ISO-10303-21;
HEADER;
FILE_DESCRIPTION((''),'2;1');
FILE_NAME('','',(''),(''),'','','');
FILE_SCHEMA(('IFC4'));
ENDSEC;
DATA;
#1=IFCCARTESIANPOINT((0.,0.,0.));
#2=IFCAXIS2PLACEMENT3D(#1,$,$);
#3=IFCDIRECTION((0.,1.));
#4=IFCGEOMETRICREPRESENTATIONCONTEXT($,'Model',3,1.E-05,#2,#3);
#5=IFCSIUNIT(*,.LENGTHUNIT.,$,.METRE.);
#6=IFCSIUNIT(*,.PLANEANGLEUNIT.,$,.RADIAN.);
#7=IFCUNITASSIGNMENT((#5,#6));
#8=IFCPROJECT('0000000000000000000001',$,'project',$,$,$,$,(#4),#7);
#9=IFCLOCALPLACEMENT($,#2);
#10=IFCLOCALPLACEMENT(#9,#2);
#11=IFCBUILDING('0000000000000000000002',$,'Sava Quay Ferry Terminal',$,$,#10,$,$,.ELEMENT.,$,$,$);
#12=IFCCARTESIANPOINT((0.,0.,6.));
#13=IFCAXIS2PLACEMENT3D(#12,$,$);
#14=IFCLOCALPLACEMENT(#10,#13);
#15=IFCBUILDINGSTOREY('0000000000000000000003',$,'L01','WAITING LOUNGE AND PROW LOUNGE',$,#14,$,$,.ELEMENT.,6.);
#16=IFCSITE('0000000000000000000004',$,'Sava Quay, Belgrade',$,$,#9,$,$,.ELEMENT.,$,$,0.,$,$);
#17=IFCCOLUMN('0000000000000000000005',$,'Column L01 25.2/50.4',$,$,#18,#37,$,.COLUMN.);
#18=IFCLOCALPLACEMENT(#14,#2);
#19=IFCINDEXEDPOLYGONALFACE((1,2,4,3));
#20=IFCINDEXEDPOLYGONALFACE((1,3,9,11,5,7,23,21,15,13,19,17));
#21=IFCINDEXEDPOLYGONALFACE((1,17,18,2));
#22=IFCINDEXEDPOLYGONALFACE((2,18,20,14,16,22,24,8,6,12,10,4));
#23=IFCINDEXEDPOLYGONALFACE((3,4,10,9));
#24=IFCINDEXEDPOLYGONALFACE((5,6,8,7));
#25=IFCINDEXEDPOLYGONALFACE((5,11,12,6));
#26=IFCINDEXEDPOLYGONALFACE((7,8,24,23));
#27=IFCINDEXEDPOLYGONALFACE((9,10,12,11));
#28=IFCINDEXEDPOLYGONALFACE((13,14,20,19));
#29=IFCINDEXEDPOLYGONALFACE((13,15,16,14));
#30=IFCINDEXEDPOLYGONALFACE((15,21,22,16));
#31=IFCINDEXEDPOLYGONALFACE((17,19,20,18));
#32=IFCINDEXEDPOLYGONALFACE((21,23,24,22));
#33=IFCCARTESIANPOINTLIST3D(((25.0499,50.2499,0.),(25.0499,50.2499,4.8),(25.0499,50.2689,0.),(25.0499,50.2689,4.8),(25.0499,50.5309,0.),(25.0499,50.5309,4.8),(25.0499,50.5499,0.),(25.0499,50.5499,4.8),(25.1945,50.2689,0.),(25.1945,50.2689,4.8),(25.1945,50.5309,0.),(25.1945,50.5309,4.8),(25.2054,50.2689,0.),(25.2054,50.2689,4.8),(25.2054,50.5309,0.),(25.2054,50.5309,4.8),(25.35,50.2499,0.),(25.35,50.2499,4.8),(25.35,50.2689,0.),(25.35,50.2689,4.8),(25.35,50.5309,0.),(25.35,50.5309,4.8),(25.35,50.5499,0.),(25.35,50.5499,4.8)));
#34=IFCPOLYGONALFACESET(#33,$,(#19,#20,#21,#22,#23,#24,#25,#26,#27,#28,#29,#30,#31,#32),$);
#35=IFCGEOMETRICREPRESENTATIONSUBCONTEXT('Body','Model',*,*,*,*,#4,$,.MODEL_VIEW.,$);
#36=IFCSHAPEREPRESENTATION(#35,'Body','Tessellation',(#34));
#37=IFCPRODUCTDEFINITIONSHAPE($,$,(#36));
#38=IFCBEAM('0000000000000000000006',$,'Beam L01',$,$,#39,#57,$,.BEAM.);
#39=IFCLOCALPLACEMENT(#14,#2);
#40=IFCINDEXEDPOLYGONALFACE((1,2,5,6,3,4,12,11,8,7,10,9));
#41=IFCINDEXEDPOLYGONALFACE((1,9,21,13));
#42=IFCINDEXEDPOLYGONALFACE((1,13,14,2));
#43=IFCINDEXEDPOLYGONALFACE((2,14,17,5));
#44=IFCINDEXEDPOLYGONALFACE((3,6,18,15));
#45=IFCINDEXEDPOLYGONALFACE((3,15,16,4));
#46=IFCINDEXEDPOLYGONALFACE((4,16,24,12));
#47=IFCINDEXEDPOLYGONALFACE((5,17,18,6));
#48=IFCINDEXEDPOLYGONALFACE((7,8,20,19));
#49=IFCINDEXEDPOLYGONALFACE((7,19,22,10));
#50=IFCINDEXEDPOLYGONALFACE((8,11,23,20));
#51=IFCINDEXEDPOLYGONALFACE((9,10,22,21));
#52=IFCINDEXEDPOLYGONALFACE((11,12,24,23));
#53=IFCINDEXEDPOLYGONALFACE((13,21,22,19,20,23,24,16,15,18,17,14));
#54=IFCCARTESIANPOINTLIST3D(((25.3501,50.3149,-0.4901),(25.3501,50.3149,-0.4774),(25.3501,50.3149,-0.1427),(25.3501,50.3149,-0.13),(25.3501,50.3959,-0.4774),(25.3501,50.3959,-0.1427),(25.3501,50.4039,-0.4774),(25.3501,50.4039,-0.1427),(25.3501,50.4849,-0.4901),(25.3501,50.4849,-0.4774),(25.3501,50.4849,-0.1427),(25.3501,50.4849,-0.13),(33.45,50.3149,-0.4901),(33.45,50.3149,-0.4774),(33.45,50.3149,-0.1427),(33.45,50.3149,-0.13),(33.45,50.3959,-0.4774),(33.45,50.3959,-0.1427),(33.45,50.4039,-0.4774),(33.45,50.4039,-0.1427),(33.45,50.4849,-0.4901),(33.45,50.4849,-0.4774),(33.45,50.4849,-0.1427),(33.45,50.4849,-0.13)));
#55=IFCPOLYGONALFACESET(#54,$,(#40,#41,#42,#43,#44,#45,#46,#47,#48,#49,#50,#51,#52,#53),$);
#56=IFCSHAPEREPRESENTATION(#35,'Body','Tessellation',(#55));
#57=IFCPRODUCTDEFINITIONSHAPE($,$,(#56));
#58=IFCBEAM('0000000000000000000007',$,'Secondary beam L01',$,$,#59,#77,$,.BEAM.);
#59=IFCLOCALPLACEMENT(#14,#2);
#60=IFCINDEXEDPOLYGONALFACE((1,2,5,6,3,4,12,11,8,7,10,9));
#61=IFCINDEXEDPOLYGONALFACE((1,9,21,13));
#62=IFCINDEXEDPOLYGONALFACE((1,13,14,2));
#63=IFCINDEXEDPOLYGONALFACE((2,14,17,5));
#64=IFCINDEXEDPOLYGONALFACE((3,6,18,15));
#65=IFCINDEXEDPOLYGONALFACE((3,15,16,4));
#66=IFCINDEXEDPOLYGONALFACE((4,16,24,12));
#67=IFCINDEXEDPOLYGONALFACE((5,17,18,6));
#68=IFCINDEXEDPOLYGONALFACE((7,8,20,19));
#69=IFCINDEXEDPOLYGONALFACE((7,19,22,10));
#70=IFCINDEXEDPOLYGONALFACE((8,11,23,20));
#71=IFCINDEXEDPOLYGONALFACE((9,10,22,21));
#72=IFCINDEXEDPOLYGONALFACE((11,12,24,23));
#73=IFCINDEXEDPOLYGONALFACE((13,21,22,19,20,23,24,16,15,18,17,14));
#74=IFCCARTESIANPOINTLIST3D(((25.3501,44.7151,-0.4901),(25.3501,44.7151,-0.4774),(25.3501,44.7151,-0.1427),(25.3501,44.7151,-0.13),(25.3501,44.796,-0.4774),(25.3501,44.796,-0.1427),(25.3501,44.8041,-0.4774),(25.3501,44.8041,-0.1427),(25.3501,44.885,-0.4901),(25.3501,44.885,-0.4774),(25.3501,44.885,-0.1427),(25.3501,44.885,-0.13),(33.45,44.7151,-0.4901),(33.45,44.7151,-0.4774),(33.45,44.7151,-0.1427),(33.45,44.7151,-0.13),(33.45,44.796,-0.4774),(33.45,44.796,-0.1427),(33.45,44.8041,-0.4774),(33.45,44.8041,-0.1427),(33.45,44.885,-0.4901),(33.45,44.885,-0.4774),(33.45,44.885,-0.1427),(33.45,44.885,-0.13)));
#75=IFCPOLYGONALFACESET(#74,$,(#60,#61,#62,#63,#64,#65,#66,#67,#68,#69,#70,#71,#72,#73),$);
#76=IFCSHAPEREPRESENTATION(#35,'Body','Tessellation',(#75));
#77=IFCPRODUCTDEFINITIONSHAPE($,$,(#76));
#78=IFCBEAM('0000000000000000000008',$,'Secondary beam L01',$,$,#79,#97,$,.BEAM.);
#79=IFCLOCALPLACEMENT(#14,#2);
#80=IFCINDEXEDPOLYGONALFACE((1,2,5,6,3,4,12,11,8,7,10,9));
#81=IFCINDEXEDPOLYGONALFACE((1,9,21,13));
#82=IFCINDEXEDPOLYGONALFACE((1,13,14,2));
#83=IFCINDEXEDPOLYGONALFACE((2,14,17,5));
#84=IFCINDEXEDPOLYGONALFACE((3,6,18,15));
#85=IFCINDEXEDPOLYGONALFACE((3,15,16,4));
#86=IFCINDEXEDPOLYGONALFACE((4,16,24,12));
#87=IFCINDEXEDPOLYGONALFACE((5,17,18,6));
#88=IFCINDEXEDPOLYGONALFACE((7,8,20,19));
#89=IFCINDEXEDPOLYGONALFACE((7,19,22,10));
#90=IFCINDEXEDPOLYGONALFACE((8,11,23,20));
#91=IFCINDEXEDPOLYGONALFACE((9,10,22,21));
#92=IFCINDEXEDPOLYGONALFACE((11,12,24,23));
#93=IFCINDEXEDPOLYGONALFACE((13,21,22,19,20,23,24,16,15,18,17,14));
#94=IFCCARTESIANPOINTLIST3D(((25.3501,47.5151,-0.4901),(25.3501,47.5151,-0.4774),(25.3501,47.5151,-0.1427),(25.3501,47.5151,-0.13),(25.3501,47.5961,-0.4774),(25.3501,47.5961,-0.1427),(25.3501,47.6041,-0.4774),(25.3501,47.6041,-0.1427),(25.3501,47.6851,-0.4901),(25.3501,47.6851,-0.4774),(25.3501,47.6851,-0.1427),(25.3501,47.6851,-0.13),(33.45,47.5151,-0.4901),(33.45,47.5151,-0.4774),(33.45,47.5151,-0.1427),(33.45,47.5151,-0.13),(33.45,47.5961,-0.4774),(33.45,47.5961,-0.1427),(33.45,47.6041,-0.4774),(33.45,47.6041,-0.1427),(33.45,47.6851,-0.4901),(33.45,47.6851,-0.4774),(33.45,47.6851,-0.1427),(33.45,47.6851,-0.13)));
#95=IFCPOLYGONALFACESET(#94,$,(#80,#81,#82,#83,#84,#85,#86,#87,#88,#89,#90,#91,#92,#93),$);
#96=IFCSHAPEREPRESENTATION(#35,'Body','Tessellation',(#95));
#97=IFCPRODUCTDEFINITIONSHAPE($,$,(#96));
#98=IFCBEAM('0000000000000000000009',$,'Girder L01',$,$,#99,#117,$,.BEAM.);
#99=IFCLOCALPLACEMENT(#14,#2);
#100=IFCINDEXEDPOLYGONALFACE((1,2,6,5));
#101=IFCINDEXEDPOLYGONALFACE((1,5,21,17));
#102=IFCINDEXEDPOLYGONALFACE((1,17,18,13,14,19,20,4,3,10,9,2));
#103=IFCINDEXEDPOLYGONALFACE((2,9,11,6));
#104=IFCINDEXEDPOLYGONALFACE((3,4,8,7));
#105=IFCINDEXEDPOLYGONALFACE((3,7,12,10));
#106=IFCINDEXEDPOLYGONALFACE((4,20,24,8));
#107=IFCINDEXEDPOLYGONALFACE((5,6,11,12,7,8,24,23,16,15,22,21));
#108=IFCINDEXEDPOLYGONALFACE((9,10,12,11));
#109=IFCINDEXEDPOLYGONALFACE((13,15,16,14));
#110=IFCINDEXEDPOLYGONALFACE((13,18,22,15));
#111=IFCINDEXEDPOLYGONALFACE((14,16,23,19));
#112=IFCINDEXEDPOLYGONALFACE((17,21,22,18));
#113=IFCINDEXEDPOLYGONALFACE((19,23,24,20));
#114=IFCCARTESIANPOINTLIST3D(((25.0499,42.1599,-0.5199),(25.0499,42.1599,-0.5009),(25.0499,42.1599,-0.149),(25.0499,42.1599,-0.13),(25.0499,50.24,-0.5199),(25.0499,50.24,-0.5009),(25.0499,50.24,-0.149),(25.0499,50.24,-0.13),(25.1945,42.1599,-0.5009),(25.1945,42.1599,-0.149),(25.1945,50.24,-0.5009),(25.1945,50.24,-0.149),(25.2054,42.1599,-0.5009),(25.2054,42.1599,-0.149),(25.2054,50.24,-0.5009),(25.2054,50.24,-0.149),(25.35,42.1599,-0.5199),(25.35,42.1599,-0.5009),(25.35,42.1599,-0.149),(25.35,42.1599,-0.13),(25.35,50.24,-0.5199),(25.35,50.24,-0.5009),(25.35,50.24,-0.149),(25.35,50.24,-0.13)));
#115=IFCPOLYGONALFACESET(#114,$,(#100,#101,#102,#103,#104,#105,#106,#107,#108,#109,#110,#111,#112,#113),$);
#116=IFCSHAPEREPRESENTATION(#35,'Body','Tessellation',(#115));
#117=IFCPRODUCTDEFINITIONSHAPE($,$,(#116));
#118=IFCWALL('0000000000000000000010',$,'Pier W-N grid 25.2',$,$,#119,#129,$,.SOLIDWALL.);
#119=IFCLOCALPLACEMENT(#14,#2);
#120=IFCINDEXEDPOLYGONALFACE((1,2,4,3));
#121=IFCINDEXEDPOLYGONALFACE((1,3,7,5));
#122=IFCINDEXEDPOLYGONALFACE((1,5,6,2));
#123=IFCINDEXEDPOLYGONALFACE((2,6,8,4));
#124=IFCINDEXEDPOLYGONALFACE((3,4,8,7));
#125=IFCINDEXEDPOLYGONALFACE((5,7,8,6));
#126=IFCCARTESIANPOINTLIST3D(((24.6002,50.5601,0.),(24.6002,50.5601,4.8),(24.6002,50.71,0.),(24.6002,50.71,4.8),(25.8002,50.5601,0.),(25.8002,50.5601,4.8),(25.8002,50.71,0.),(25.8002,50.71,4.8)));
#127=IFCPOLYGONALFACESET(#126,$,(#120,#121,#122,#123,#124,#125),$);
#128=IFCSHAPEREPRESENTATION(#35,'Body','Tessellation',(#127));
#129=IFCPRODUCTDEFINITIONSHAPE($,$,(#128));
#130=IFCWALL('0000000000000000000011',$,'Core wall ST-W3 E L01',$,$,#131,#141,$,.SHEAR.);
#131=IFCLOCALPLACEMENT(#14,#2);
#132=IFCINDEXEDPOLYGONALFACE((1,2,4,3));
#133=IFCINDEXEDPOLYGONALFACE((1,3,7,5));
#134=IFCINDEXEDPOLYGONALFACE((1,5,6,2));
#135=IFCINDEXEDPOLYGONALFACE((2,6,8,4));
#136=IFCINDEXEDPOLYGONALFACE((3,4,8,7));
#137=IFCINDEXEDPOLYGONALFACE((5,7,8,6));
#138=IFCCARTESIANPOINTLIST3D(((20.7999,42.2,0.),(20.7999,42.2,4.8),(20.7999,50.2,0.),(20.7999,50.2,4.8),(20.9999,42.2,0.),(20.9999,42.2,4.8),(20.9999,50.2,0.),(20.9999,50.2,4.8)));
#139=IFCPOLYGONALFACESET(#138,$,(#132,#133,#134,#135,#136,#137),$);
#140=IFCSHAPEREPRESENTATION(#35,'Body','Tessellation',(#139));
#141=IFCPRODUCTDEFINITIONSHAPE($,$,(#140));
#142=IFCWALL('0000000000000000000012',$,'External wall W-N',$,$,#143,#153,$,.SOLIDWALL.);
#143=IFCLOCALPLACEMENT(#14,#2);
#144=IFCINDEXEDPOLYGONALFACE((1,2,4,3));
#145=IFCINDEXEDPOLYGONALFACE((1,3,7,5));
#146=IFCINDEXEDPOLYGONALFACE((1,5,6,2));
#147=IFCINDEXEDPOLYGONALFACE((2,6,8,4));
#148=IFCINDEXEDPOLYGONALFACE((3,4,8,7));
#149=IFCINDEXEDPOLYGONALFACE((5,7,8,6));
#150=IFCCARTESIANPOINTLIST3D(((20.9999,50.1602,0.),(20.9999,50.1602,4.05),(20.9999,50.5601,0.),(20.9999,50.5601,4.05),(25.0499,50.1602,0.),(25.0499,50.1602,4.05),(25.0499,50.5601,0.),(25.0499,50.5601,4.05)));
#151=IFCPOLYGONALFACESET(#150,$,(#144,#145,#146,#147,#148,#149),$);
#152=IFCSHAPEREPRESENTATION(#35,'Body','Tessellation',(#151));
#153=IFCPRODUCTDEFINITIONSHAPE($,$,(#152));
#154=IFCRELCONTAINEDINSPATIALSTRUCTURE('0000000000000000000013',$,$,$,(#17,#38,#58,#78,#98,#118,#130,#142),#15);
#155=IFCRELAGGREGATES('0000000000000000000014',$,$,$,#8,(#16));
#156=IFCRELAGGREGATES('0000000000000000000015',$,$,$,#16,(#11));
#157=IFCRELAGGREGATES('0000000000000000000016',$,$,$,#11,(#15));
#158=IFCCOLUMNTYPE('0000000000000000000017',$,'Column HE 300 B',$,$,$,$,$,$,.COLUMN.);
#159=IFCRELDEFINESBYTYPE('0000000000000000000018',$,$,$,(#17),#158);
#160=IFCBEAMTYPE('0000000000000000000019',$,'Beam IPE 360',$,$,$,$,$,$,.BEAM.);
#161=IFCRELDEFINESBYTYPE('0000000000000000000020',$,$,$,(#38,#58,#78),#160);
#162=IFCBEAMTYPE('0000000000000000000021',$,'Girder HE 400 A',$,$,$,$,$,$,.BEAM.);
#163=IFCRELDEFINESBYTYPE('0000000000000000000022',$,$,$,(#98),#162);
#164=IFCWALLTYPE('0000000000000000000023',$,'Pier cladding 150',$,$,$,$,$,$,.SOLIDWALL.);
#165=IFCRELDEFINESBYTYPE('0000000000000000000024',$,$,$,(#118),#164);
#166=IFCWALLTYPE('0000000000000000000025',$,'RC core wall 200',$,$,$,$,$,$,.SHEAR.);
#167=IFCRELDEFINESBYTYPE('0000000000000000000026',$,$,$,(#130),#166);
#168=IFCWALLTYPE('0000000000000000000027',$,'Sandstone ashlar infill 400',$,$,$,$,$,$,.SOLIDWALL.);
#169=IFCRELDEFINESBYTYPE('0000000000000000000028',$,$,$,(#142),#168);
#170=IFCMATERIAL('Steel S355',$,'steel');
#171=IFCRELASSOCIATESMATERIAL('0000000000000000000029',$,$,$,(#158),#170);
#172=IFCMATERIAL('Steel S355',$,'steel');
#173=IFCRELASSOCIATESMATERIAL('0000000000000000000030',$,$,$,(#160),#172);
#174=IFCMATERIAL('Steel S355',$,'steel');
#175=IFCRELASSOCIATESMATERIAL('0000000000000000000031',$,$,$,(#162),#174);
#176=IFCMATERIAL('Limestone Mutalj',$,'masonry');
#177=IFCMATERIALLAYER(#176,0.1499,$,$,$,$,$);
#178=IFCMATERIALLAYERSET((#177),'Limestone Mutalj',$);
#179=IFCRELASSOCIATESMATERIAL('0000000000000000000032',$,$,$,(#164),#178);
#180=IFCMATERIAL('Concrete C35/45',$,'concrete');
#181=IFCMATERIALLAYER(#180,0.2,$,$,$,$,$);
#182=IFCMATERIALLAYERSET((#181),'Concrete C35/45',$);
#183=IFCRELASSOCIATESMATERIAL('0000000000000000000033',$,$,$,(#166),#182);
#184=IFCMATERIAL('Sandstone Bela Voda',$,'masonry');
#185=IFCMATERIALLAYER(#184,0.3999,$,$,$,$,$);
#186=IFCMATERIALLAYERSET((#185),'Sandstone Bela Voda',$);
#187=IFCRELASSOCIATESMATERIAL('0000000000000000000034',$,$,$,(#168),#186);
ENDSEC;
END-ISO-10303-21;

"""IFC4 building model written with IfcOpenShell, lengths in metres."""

from ifc_helpers import new_model, si_unit, direction, frame, frame_2d, origin, origin_2d, place, context, subcontext, project, spatial, rectangle, i_section, extrude, material, layer, layer_set, material_profile, profile_set, type_object, element, save


model = new_model("IFC4")

# Units and contexts
model_context = context("Model", 3, precision=1e-05, world=origin(), true_north=direction((0.0, 1.0)))
body_context = subcontext(model_context, "Body", "Model", "MODEL_VIEW")
ifc_project = project(units=[si_unit("LENGTHUNIT", "METRE"), si_unit("PLANEANGLEUNIT", "RADIAN")], contexts=[model_context])

# Site, building, storey
site_placement = place(None, origin())
site = spatial("IfcSite", under=ifc_project, at=site_placement, Name="Sava Quay, Belgrade", CompositionType="ELEMENT", RefElevation=0.0)
building_placement = place(site_placement, origin())
building = spatial("IfcBuilding", under=site, at=building_placement, Name="Sava Quay Ferry Terminal", CompositionType="ELEMENT")
storey_placement = place(building_placement, frame((0.0, 0.0, 6.0)))
storey = spatial("IfcBuildingStorey", under=building, at=storey_placement, Name="L01", Description="WAITING LOUNGE AND PROW LOUNGE", CompositionType="ELEMENT", Elevation=6.0)

# Column
ifc_material_1 = material(Name="Steel S355", Category="steel")
ifc_material_profile_1 = material_profile(ifc_material_1, i_section(OverallWidth=0.3, OverallDepth=0.3, WebThickness=0.011, FlangeThickness=0.019, at=origin_2d()), Name="HE 300 B")
ifc_profile_set_1 = profile_set([ifc_material_profile_1], Name="Steel S355")
column_type = type_object("IfcColumnType", Name="Column HE 300 B", PredefinedType="COLUMN", material=ifc_profile_set_1)
column_placement = place(storey_placement, frame((25.2, 50.3999, 0.0), z_axis=(0.0, 0.0, 1.0), x_axis=(1.0, 0.0, 0.0)))
element("IfcColumn", 1, at=column_placement, inside=storey, type_object=column_type, Name="Column L01 25.2/50.4", PredefinedType="COLUMN", context=body_context, shape_type="SweptSolid", body=[
    extrude(i_section(OverallWidth=0.3, OverallDepth=0.3, WebThickness=0.011, FlangeThickness=0.019, at=origin_2d()), origin(), (0.0, 0.0, 1.0), 4.8),
])

# Beams
ifc_material_2 = material(Name="Steel S355", Category="steel")
ifc_material_profile_2 = material_profile(ifc_material_2, i_section(OverallWidth=0.1699, OverallDepth=0.3601, WebThickness=0.0081, FlangeThickness=0.0127, at=origin_2d()), Name="IPE 360")
ifc_profile_set_2 = profile_set([ifc_material_profile_2], Name="Steel S355")
beam_type_1 = type_object("IfcBeamType", Name="Beam IPE 360", PredefinedType="BEAM", material=ifc_profile_set_2)
for number, where, z_axis, x_axis, name in (
    (2, (25.3501, 50.3999, -0.3101), (1.0, 0.0, 0.0), (0.0, 1.0, 0.0), "Beam L01"),
    (3, (25.3501, 44.8, -0.3101), (1.0, 0.0, 0.0), (0.0, 1.0, 0.0), "Secondary beam L01"),
    (4, (25.3501, 47.6001, -0.3101), (1.0, 0.0, 0.0), (0.0, 1.0, 0.0), "Secondary beam L01"),
):
    element("IfcBeam", number, at=place(storey_placement, frame(where, z_axis=z_axis, x_axis=x_axis)), inside=storey, type_object=beam_type_1, Name=name, PredefinedType="BEAM", context=body_context, shape_type="SweptSolid", body=[
        extrude(i_section(OverallWidth=0.1699, OverallDepth=0.3601, WebThickness=0.0081, FlangeThickness=0.0127, at=origin_2d()), origin(), (0.0, 0.0, 1.0), 8.0999),
    ])
ifc_material_3 = material(Name="Steel S355", Category="steel")
ifc_material_profile_3 = material_profile(ifc_material_3, i_section(OverallWidth=0.3, OverallDepth=0.3899, WebThickness=0.011, FlangeThickness=0.019, at=origin_2d()), Name="HE 400 A")
ifc_profile_set_3 = profile_set([ifc_material_profile_3], Name="Steel S355")
beam_type_2 = type_object("IfcBeamType", Name="Girder HE 400 A", PredefinedType="BEAM", material=ifc_profile_set_3)
beam_placement = place(storey_placement, frame((25.2, 42.1599, -0.325), z_axis=(0.0, 1.0, 0.0), x_axis=(-1.0, 0.0, 0.0)))
element("IfcBeam", 5, at=beam_placement, inside=storey, type_object=beam_type_2, Name="Girder L01", PredefinedType="BEAM", context=body_context, shape_type="SweptSolid", body=[
    extrude(i_section(OverallWidth=0.3, OverallDepth=0.3899, WebThickness=0.011, FlangeThickness=0.019, at=origin_2d()), origin(), (0.0, 0.0, 1.0), 8.0801),
])

# Walls
ifc_material_4 = material(Name="Limestone Mutalj", Category="masonry")
ifc_layer_1 = layer(ifc_material_4, 0.1499)
ifc_layer_set_1 = layer_set([ifc_layer_1], Name="Limestone Mutalj")
wall_type_1 = type_object("IfcWallType", Name="Pier cladding 150", PredefinedType="SOLIDWALL", material=ifc_layer_set_1)
wall_1_placement = place(storey_placement, frame((24.6001, 50.635, 0.0), z_axis=(0.0, 0.0, 1.0), x_axis=(1.0, 0.0, 0.0)))
element("IfcWall", 6, at=wall_1_placement, inside=storey, type_object=wall_type_1, Name="Pier W-N grid 25.2", PredefinedType="SOLIDWALL", context=body_context, shape_type="SweptSolid", body=[
    extrude(rectangle(XDim=1.2, YDim=0.1499, at=frame_2d((0.6001, 0.0))), origin(), (0.0, 0.0, 1.0), 4.8),
])
ifc_material_5 = material(Name="Concrete C35/45", Category="concrete")
ifc_layer_2 = layer(ifc_material_5, 0.2)
ifc_layer_set_2 = layer_set([ifc_layer_2], Name="Concrete C35/45")
wall_type_2 = type_object("IfcWallType", Name="RC core wall 200", PredefinedType="SHEAR", material=ifc_layer_set_2)
wall_2_placement = place(storey_placement, frame((20.8999, 42.2, 0.0), z_axis=(0.0, 0.0, 1.0), x_axis=(0.0, 1.0, 0.0)))
element("IfcWall", 7, at=wall_2_placement, inside=storey, type_object=wall_type_2, Name="Core wall ST-W3 E L01", PredefinedType="SHEAR", context=body_context, shape_type="SweptSolid", body=[
    extrude(rectangle(XDim=8.0, YDim=0.2, at=frame_2d((4.0, 0.0))), origin(), (0.0, 0.0, 1.0), 4.8),
])
ifc_material_6 = material(Name="Sandstone Bela Voda", Category="masonry")
ifc_layer_3 = layer(ifc_material_6, 0.3999)
ifc_layer_set_3 = layer_set([ifc_layer_3], Name="Sandstone Bela Voda")
wall_type_3 = type_object("IfcWallType", Name="Sandstone ashlar infill 400", PredefinedType="SOLIDWALL", material=ifc_layer_set_3)
wall_3_placement = place(storey_placement, frame((21.0, 50.3601, 0.0), z_axis=(0.0, 0.0, 1.0), x_axis=(1.0, 0.0, 0.0)))
element("IfcWall", 8, at=wall_3_placement, inside=storey, type_object=wall_type_3, Name="External wall W-N", PredefinedType="SOLIDWALL", context=body_context, shape_type="SweptSolid", body=[
    extrude(rectangle(XDim=4.05, YDim=0.3999, at=frame_2d((2.0249, 0.0))), origin(), (0.0, 0.0, 1.0), 4.05),
])

save(model, "model.ifc")
